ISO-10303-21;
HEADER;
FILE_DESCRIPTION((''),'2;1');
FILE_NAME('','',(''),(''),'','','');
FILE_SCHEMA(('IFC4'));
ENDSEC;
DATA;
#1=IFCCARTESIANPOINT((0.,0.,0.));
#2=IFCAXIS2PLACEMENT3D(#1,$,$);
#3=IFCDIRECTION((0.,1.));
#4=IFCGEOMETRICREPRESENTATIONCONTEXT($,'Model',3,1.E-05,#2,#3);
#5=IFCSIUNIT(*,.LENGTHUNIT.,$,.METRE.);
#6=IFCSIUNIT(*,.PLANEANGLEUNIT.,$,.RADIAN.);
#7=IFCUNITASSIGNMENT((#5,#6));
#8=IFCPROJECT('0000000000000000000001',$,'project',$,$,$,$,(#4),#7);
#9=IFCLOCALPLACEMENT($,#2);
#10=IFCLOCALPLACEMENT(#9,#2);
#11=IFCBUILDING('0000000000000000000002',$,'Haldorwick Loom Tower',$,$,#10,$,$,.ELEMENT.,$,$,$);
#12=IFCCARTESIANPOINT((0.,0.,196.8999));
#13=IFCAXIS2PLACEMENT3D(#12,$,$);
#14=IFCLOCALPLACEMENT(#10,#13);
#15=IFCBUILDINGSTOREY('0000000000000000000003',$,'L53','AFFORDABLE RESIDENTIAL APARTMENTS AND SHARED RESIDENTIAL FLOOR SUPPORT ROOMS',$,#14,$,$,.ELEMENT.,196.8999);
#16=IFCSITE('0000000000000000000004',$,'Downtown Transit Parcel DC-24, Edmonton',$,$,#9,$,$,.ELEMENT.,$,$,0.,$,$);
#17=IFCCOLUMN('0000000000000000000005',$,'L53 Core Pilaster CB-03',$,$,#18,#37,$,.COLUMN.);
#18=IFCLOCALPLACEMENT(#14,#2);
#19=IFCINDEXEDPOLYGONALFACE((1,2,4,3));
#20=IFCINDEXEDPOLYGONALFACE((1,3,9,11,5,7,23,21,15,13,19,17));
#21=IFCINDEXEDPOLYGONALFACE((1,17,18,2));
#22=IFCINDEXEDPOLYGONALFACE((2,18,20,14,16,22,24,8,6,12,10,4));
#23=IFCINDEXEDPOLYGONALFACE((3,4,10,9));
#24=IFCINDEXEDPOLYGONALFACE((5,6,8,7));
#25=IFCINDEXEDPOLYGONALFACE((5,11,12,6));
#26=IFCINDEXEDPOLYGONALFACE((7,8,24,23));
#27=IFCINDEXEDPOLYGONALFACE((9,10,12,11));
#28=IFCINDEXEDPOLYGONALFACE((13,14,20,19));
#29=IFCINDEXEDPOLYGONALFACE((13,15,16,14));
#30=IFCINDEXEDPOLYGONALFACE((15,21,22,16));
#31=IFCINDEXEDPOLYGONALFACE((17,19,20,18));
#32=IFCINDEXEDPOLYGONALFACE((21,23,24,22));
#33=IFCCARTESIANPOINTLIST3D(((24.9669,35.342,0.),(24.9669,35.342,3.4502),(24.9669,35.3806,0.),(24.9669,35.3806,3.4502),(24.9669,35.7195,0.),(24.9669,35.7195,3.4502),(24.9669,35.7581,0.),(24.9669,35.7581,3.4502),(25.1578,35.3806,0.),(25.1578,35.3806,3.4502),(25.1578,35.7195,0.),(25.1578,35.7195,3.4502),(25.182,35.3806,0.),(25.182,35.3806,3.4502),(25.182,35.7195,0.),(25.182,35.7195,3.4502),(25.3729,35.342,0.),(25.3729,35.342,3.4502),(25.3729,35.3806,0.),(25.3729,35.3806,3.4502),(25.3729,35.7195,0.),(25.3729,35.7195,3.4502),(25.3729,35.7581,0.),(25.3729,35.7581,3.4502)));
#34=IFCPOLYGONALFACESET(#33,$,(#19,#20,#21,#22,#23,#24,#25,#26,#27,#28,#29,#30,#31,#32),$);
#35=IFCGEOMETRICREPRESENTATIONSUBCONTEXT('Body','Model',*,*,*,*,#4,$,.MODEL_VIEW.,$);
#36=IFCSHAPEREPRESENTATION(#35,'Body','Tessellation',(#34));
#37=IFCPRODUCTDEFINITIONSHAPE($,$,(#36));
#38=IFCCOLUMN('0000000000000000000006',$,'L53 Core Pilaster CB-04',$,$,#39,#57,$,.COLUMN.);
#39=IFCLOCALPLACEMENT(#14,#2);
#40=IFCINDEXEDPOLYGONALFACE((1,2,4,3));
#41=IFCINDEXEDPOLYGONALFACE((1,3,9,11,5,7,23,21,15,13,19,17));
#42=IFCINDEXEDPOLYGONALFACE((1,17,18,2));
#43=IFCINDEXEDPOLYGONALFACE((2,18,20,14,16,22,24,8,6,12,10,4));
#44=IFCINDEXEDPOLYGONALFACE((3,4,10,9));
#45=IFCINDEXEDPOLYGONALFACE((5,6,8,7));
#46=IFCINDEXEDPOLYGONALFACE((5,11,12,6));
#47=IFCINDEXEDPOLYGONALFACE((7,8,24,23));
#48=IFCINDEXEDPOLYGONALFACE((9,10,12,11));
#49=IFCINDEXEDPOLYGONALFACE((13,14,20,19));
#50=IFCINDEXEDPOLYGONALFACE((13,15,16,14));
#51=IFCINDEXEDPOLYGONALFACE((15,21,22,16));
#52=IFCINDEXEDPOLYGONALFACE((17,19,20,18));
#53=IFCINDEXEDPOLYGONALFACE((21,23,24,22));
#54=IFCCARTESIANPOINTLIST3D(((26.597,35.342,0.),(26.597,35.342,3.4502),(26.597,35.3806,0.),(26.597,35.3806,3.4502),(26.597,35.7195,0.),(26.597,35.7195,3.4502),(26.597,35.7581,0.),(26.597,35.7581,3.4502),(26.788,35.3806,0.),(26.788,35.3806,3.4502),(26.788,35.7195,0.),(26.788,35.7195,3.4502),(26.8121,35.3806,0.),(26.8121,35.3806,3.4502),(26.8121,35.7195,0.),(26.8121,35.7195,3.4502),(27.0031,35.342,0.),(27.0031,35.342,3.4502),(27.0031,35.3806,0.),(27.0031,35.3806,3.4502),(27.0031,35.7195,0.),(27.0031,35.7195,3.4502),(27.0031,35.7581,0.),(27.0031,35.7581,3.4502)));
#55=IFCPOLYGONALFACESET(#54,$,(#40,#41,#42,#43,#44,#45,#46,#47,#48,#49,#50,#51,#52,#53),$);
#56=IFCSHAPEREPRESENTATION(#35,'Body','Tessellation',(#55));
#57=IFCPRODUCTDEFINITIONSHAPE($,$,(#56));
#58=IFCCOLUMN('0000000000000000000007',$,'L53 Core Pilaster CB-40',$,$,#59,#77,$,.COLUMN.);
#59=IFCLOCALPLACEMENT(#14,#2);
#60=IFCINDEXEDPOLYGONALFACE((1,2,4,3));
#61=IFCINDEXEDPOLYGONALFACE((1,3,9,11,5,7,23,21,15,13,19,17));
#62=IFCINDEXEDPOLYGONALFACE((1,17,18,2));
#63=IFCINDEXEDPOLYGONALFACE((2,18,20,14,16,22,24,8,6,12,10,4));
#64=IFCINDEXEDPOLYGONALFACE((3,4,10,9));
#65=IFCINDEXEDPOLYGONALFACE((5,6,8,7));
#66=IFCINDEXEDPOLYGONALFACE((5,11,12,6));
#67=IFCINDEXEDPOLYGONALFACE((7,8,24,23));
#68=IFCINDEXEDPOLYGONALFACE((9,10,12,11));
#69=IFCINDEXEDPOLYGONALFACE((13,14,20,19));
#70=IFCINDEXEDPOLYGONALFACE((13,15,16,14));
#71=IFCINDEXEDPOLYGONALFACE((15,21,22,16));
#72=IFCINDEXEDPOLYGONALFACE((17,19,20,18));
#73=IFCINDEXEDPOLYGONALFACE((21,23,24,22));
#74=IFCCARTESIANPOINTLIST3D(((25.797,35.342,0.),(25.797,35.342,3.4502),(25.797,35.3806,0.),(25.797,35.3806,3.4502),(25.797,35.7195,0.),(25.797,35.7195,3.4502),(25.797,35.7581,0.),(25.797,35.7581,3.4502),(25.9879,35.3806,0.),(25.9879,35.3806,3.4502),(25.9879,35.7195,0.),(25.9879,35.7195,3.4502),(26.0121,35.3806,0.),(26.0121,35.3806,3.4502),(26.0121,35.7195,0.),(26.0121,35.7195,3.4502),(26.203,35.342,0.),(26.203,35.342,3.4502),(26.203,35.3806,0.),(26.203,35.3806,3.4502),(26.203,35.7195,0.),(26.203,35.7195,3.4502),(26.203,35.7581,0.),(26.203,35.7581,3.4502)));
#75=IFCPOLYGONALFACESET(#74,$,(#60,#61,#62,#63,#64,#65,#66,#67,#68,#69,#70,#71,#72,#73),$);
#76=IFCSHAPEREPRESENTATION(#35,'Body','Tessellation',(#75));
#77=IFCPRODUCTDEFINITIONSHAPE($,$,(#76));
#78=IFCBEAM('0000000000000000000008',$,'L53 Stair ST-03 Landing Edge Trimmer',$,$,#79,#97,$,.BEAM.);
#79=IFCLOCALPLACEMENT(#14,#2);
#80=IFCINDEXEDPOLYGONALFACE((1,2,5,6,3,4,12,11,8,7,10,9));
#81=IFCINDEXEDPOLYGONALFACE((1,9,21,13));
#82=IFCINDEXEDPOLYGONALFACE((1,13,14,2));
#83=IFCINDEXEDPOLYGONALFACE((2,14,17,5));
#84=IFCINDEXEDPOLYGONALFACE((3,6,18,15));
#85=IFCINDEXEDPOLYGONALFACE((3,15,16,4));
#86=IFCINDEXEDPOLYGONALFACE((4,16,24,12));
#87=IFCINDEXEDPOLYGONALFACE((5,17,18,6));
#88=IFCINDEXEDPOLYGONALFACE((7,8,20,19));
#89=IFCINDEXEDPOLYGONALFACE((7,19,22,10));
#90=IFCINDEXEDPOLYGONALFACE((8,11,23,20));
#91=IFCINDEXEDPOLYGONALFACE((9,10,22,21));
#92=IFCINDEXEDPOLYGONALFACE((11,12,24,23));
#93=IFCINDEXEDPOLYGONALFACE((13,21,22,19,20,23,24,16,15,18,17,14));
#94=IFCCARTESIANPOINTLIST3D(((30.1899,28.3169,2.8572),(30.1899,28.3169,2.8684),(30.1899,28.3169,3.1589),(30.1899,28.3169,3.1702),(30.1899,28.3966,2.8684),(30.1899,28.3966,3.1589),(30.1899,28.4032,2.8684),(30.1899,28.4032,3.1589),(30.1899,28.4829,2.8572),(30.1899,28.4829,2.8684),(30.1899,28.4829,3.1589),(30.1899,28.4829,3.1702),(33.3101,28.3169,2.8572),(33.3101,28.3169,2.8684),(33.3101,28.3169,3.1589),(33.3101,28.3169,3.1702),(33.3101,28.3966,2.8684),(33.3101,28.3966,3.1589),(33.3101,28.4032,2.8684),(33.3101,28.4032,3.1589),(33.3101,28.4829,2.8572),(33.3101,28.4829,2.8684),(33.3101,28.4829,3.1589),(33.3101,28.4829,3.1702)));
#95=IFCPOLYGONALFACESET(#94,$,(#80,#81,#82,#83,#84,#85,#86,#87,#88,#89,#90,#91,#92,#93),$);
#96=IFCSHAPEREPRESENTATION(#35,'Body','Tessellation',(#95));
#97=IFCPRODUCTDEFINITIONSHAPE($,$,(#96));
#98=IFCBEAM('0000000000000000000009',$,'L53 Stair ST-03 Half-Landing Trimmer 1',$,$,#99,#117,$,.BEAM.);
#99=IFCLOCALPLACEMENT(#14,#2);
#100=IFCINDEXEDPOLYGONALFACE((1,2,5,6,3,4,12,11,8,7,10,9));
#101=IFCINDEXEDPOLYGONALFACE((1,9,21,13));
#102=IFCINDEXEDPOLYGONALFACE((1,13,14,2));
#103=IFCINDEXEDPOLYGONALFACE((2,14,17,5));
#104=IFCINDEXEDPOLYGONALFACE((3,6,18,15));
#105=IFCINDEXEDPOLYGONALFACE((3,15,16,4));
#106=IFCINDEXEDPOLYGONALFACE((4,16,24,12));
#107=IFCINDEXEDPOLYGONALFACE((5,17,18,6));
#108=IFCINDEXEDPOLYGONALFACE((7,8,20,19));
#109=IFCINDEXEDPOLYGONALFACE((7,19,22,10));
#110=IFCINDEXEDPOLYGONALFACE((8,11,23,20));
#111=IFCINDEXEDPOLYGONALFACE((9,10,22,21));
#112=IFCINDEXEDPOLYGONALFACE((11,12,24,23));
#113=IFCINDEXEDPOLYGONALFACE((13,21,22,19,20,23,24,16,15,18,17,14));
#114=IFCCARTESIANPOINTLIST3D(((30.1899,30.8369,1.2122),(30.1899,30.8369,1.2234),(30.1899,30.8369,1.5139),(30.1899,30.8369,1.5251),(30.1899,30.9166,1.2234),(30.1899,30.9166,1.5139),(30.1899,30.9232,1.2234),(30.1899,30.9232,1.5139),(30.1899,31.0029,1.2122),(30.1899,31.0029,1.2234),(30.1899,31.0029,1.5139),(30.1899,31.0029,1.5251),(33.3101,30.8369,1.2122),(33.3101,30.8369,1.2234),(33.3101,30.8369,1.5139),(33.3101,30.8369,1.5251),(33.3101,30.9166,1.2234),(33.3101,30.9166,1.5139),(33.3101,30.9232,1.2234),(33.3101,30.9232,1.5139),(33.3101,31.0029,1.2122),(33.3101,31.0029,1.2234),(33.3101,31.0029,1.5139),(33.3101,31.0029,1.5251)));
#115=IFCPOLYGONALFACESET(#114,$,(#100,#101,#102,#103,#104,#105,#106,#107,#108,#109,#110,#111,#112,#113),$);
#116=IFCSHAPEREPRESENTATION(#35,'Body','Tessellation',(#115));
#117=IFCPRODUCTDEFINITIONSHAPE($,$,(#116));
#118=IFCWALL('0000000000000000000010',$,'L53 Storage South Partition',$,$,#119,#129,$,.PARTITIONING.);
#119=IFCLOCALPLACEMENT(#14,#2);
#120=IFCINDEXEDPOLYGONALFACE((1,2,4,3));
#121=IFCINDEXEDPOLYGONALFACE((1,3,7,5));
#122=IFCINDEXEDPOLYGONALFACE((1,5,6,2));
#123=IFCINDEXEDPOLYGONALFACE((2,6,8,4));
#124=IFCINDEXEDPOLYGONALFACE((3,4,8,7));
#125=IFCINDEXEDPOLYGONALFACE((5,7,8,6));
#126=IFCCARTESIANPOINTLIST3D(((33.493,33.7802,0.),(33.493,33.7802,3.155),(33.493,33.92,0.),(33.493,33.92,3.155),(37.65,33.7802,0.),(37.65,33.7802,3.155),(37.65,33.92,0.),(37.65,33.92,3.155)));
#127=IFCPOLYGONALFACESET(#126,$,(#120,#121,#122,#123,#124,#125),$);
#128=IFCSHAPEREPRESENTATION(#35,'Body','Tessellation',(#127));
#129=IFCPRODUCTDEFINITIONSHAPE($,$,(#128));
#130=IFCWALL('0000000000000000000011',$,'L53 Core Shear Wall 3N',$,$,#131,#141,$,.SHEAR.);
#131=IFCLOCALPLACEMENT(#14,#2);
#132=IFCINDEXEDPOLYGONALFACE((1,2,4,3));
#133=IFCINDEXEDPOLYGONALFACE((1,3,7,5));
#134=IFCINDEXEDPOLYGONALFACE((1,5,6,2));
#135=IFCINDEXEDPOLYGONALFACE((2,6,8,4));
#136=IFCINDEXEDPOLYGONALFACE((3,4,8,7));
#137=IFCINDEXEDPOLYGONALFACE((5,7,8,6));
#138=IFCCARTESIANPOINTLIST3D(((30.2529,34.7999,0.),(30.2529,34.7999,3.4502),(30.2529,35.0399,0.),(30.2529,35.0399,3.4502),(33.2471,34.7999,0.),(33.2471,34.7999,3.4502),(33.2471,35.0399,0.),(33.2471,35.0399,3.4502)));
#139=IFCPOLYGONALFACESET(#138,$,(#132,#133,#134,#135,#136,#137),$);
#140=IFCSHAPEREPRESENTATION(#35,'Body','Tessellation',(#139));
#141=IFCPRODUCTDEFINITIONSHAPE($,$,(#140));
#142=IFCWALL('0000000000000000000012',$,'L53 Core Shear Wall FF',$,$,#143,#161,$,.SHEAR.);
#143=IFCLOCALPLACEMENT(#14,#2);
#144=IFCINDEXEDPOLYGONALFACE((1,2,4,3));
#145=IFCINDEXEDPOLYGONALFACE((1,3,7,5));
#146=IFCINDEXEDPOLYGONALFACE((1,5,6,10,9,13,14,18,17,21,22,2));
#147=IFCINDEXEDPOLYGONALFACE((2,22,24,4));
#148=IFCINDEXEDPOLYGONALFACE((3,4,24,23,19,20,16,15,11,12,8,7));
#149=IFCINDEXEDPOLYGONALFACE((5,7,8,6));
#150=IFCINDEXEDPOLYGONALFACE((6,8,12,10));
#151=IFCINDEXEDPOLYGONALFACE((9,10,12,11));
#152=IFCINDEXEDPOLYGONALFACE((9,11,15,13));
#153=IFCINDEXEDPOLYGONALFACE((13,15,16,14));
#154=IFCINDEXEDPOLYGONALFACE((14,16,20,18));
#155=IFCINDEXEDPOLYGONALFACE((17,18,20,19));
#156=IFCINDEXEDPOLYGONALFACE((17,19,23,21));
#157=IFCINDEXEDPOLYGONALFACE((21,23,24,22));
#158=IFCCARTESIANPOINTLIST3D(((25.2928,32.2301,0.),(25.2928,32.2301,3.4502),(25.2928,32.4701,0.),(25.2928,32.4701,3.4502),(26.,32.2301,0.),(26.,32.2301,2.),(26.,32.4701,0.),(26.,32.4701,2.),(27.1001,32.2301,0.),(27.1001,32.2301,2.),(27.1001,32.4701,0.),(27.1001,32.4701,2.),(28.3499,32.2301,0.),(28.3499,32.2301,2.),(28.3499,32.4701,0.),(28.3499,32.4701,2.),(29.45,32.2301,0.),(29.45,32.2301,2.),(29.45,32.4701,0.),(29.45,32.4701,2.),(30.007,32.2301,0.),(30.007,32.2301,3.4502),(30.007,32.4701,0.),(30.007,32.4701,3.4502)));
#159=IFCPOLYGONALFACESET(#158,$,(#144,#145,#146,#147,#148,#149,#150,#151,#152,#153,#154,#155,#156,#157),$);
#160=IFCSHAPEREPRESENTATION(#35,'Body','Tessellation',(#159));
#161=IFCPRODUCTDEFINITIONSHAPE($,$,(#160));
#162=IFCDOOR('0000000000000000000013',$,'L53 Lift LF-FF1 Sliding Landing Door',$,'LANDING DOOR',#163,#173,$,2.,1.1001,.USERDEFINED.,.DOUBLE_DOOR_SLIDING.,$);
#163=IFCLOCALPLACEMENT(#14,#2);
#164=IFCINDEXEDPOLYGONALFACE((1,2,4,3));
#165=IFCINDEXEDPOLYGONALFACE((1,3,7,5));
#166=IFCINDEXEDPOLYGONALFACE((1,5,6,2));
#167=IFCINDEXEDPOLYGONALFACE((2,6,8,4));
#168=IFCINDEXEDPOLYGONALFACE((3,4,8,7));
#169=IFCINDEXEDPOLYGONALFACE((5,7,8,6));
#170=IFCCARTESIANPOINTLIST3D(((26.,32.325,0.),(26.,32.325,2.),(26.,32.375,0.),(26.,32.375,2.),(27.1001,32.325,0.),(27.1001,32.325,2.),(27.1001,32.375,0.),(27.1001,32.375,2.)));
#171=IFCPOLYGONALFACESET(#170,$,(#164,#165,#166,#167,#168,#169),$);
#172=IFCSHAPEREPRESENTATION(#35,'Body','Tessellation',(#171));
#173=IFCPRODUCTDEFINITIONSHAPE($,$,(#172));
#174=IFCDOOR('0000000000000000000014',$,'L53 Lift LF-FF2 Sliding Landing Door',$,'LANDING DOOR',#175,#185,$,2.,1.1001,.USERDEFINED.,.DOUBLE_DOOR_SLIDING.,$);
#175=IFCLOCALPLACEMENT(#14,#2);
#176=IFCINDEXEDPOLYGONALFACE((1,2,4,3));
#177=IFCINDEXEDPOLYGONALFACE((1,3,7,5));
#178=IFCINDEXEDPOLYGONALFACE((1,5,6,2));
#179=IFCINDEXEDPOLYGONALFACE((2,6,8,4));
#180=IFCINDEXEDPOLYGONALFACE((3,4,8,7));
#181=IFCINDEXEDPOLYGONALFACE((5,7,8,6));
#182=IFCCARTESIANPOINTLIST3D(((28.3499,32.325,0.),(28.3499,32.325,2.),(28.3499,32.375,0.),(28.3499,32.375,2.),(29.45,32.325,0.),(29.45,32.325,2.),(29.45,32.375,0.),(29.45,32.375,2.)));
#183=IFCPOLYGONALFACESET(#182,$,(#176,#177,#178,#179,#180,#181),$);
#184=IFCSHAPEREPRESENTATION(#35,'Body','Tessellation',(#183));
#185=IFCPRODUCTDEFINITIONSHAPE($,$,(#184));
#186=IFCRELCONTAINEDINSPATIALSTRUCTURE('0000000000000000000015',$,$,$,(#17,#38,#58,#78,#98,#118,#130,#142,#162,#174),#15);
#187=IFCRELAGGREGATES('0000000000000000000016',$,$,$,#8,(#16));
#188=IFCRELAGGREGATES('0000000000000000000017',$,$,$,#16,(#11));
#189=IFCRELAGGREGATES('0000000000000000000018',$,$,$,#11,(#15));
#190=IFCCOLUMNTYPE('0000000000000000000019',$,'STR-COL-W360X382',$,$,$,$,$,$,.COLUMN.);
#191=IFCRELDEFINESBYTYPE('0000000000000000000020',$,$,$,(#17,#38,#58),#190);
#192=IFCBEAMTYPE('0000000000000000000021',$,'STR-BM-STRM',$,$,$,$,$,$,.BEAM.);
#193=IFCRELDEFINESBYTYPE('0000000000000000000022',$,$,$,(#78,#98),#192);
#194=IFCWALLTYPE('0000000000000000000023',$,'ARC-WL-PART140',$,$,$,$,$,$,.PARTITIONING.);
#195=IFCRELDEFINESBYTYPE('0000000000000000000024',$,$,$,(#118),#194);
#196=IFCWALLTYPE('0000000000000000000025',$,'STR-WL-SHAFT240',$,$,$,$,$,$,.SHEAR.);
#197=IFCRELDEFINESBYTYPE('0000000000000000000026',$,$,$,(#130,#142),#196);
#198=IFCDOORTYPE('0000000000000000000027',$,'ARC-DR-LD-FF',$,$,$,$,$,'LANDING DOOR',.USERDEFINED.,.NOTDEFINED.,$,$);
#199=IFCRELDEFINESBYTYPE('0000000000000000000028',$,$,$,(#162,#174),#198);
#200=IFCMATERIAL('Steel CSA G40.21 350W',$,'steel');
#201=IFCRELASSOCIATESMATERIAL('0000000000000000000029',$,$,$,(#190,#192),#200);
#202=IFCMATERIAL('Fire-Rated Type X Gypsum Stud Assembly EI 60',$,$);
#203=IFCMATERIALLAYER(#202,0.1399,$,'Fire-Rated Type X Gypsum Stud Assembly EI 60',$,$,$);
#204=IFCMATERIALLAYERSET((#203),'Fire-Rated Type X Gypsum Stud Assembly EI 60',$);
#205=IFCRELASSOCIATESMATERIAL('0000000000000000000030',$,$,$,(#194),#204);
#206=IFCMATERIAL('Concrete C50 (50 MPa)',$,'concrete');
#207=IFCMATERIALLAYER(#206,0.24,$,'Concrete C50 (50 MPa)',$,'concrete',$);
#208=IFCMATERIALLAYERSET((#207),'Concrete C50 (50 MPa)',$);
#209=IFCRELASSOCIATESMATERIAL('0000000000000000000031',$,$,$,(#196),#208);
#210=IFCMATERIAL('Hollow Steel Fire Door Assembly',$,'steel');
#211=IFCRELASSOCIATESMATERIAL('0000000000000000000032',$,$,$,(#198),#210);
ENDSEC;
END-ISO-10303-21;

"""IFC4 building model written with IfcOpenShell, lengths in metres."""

from ifc_helpers import new_model, si_unit, direction, frame, frame_2d, origin, origin_2d, place, context, subcontext, project, spatial, rectangle, i_section, extrude, material, layer, layer_set, material_profile, profile_set, type_object, element, fill, save


model = new_model("IFC4")

# Units and contexts
model_context = context("Model", 3, precision=1e-05, world=origin(), true_north=direction((0.0, 1.0)))
body_context = subcontext(model_context, "Body", "Model", "MODEL_VIEW")
ifc_project = project(units=[si_unit("LENGTHUNIT", "METRE"), si_unit("PLANEANGLEUNIT", "RADIAN")], contexts=[model_context])

# Site, building, storey
site_placement = place(None, origin())
site = spatial("IfcSite", under=ifc_project, at=site_placement, Name="Downtown Transit Parcel DC-24, Edmonton", CompositionType="ELEMENT", RefElevation=0.0)
building_placement = place(site_placement, origin())
building = spatial("IfcBuilding", under=site, at=building_placement, Name="Haldorwick Loom Tower", CompositionType="ELEMENT")
storey_placement = place(building_placement, frame((0.0, 0.0, 196.8999)))
storey = spatial("IfcBuildingStorey", under=building, at=storey_placement, Name="L53", Description="AFFORDABLE RESIDENTIAL APARTMENTS AND SHARED RESIDENTIAL FLOOR SUPPORT ROOMS", CompositionType="ELEMENT", Elevation=196.8999)

# Columns
ifc_material_1 = material(Name="Steel CSA G40.21 350W", Category="steel")
ifc_material_profile_1 = material_profile(ifc_material_1, i_section(OverallWidth=0.406, OverallDepth=0.416, WebThickness=0.0242, FlangeThickness=0.0386, at=origin_2d()), Name="W360X382", Category="steel")
ifc_profile_set_1 = profile_set([ifc_material_profile_1], Name="Steel CSA G40.21 350W")
column_type = type_object("IfcColumnType", Name="STR-COL-W360X382", PredefinedType="COLUMN", material=ifc_profile_set_1)
for number, where, z_axis, x_axis, name in (
    (1, (25.1699, 35.55, 0.0), (0.0, 0.0, 1.0), (1.0, 0.0, 0.0), "L53 Core Pilaster CB-03"),
    (2, (26.8, 35.55, 0.0), (0.0, 0.0, 1.0), (1.0, 0.0, 0.0), "L53 Core Pilaster CB-04"),
    (3, (26.0, 35.55, 0.0), (0.0, 0.0, 1.0), (1.0, 0.0, 0.0), "L53 Core Pilaster CB-40"),
):
    element("IfcColumn", number, at=place(storey_placement, frame(where, z_axis=z_axis, x_axis=x_axis)), inside=storey, type_object=column_type, Name=name, PredefinedType="COLUMN", context=body_context, shape_type="SweptSolid", body=[
        extrude(i_section(OverallWidth=0.406, OverallDepth=0.416, WebThickness=0.0242, FlangeThickness=0.0386, at=origin_2d()), origin(), (0.0, 0.0, 1.0), 3.4502),
    ])

# Beams
ifc_material_profile_2 = material_profile(ifc_material_1, i_section(OverallWidth=0.166, OverallDepth=0.313, WebThickness=0.0066, FlangeThickness=0.0112, at=origin_2d()), Name="W310X45", Category="steel")
ifc_profile_set_2 = profile_set([ifc_material_profile_2], Name="Steel CSA G40.21 350W")
beam_type = type_object("IfcBeamType", Name="STR-BM-STRM", PredefinedType="BEAM", material=ifc_profile_set_2)
for number, where, z_axis, x_axis, name in (
    (4, (30.1899, 28.3999, 3.0137), (1.0, 0.0, 0.0), (0.0, 1.0, 0.0), "L53 Stair ST-03 Landing Edge Trimmer"),
    (5, (30.1899, 30.9199, 1.3687), (1.0, 0.0, 0.0), (0.0, 1.0, 0.0), "L53 Stair ST-03 Half-Landing Trimmer 1"),
):
    element("IfcBeam", number, at=place(storey_placement, frame(where, z_axis=z_axis, x_axis=x_axis)), inside=storey, type_object=beam_type, Name=name, PredefinedType="BEAM", context=body_context, shape_type="SweptSolid", body=[
        extrude(i_section(OverallWidth=0.166, OverallDepth=0.313, WebThickness=0.0066, FlangeThickness=0.0112, at=origin_2d()), origin(), (0.0, 0.0, 1.0), 3.1201),
    ])

# Walls
ifc_material_2 = material(Name="Fire-Rated Type X Gypsum Stud Assembly EI 60")
ifc_layer_1 = layer(ifc_material_2, 0.1399, Name="Fire-Rated Type X Gypsum Stud Assembly EI 60")
ifc_layer_set_1 = layer_set([ifc_layer_1], Name="Fire-Rated Type X Gypsum Stud Assembly EI 60")
wall_type_1 = type_object("IfcWallType", Name="ARC-WL-PART140", PredefinedType="PARTITIONING", material=ifc_layer_set_1)
wall_1_placement = place(storey_placement, frame((33.4929, 33.8501, 0.0), z_axis=(0.0, 0.0, 1.0), x_axis=(1.0, 0.0, 0.0)))
element("IfcWall", 6, at=wall_1_placement, inside=storey, type_object=wall_type_1, Name="L53 Storage South Partition", PredefinedType="PARTITIONING", context=body_context, shape_type="SweptSolid", body=[
    extrude(rectangle(XDim=4.157, YDim=0.1399, at=frame_2d((2.0786, 0.0))), origin(), (0.0, 0.0, 1.0), 3.155),
])
ifc_material_3 = material(Name="Concrete C50 (50 MPa)", Category="concrete")
ifc_layer_2 = layer(ifc_material_3, 0.24, Name="Concrete C50 (50 MPa)", Category="concrete")
ifc_layer_set_2 = layer_set([ifc_layer_2], Name="Concrete C50 (50 MPa)")
wall_type_2 = type_object("IfcWallType", Name="STR-WL-SHAFT240", PredefinedType="SHEAR", material=ifc_layer_set_2)
wall_2_placement = place(storey_placement, frame((30.2529, 34.9199, 0.0), z_axis=(0.0, 0.0, 1.0), x_axis=(1.0, 0.0, 0.0)))
element("IfcWall", 7, at=wall_2_placement, inside=storey, type_object=wall_type_2, Name="L53 Core Shear Wall 3N", PredefinedType="SHEAR", context=body_context, shape_type="SweptSolid", body=[
    extrude(rectangle(XDim=2.9941, YDim=0.24, at=frame_2d((1.4971, 0.0))), origin(), (0.0, 0.0, 1.0), 3.4502),
])

# Wall, openings, doors
wall_3_placement = place(storey_placement, frame((25.293, 32.3501, 0.0), z_axis=(0.0, 0.0, 1.0), x_axis=(1.0, 0.0, 0.0)))
wall_3 = element("IfcWall", 8, at=wall_3_placement, inside=storey, type_object=wall_type_2, Name="L53 Core Shear Wall FF", PredefinedType="SHEAR", context=body_context, shape_type="SweptSolid", body=[
    extrude(rectangle(XDim=4.7141, YDim=0.24, at=frame_2d((2.3569, 0.0))), origin(), (0.0, 0.0, 1.0), 3.4502),
])
opening_1_placement = place(wall_3_placement, frame((0.707, 0.0, 0.0)))
opening_1 = element("IfcOpeningElement", 9, at=opening_1_placement, cuts=wall_3, PredefinedType="OPENING", context=body_context, shape_type="SweptSolid", body=[
    extrude(rectangle(XDim=1.1001, YDim=2.0, at=frame_2d((0.55, 1.0))), frame((0.0, 0.1299, 0.0), z_axis=(0.0, -1.0, 0.0), x_axis=(1.0, 0.0, 0.0)), (0.0, 0.0, 1.0), 0.26),
])
opening_2_placement = place(wall_3_placement, frame((3.0569, 0.0, 0.0)))
opening_2 = element("IfcOpeningElement", 10, at=opening_2_placement, cuts=wall_3, PredefinedType="OPENING", context=body_context, shape_type="SweptSolid", body=[
    extrude(rectangle(XDim=1.1001, YDim=2.0, at=frame_2d((0.55, 1.0))), frame((0.0, 0.1299, 0.0), z_axis=(0.0, -1.0, 0.0), x_axis=(1.0, 0.0, 0.0)), (0.0, 0.0, 1.0), 0.26),
])
ifc_material_4 = material(Name="Hollow Steel Fire Door Assembly", Category="steel")
door_type_1 = type_object("IfcDoorType", Name="ARC-DR-LD-FF", ElementType="LANDING DOOR", OperationType="NOTDEFINED", PredefinedType="USERDEFINED", material=ifc_material_4)
door_1_placement = place(opening_1_placement, origin())
door_1 = element("IfcDoor", 11, at=door_1_placement, inside=storey, type_object=door_type_1, Name="L53 Lift LF-FF1 Sliding Landing Door", ObjectType="LANDING DOOR", OperationType="DOUBLE_DOOR_SLIDING", OverallHeight=2.0, OverallWidth=1.1001, PredefinedType="USERDEFINED", context=body_context, shape_type="SweptSolid", body=[
    extrude(rectangle(XDim=1.1001, YDim=2.0, at=frame_2d((0.55, 1.0))), frame((0.0, 0.0249, 0.0), z_axis=(0.0, -1.0, 0.0), x_axis=(1.0, 0.0, 0.0)), (0.0, 0.0, 1.0), 0.05),
])
fill(opening_1, door_1)
door_2_placement = place(opening_2_placement, origin())
door_2 = element("IfcDoor", 12, at=door_2_placement, inside=storey, type_object=door_type_1, Name="L53 Lift LF-FF2 Sliding Landing Door", ObjectType="LANDING DOOR", OperationType="DOUBLE_DOOR_SLIDING", OverallHeight=2.0, OverallWidth=1.1001, PredefinedType="USERDEFINED", context=body_context, shape_type="SweptSolid", body=[
    extrude(rectangle(XDim=1.1001, YDim=2.0, at=frame_2d((0.55, 1.0))), frame((0.0, 0.0249, 0.0), z_axis=(0.0, -1.0, 0.0), x_axis=(1.0, 0.0, 0.0)), (0.0, 0.0, 1.0), 0.05),
])
fill(opening_2, door_2)

save(model, "model.ifc")
